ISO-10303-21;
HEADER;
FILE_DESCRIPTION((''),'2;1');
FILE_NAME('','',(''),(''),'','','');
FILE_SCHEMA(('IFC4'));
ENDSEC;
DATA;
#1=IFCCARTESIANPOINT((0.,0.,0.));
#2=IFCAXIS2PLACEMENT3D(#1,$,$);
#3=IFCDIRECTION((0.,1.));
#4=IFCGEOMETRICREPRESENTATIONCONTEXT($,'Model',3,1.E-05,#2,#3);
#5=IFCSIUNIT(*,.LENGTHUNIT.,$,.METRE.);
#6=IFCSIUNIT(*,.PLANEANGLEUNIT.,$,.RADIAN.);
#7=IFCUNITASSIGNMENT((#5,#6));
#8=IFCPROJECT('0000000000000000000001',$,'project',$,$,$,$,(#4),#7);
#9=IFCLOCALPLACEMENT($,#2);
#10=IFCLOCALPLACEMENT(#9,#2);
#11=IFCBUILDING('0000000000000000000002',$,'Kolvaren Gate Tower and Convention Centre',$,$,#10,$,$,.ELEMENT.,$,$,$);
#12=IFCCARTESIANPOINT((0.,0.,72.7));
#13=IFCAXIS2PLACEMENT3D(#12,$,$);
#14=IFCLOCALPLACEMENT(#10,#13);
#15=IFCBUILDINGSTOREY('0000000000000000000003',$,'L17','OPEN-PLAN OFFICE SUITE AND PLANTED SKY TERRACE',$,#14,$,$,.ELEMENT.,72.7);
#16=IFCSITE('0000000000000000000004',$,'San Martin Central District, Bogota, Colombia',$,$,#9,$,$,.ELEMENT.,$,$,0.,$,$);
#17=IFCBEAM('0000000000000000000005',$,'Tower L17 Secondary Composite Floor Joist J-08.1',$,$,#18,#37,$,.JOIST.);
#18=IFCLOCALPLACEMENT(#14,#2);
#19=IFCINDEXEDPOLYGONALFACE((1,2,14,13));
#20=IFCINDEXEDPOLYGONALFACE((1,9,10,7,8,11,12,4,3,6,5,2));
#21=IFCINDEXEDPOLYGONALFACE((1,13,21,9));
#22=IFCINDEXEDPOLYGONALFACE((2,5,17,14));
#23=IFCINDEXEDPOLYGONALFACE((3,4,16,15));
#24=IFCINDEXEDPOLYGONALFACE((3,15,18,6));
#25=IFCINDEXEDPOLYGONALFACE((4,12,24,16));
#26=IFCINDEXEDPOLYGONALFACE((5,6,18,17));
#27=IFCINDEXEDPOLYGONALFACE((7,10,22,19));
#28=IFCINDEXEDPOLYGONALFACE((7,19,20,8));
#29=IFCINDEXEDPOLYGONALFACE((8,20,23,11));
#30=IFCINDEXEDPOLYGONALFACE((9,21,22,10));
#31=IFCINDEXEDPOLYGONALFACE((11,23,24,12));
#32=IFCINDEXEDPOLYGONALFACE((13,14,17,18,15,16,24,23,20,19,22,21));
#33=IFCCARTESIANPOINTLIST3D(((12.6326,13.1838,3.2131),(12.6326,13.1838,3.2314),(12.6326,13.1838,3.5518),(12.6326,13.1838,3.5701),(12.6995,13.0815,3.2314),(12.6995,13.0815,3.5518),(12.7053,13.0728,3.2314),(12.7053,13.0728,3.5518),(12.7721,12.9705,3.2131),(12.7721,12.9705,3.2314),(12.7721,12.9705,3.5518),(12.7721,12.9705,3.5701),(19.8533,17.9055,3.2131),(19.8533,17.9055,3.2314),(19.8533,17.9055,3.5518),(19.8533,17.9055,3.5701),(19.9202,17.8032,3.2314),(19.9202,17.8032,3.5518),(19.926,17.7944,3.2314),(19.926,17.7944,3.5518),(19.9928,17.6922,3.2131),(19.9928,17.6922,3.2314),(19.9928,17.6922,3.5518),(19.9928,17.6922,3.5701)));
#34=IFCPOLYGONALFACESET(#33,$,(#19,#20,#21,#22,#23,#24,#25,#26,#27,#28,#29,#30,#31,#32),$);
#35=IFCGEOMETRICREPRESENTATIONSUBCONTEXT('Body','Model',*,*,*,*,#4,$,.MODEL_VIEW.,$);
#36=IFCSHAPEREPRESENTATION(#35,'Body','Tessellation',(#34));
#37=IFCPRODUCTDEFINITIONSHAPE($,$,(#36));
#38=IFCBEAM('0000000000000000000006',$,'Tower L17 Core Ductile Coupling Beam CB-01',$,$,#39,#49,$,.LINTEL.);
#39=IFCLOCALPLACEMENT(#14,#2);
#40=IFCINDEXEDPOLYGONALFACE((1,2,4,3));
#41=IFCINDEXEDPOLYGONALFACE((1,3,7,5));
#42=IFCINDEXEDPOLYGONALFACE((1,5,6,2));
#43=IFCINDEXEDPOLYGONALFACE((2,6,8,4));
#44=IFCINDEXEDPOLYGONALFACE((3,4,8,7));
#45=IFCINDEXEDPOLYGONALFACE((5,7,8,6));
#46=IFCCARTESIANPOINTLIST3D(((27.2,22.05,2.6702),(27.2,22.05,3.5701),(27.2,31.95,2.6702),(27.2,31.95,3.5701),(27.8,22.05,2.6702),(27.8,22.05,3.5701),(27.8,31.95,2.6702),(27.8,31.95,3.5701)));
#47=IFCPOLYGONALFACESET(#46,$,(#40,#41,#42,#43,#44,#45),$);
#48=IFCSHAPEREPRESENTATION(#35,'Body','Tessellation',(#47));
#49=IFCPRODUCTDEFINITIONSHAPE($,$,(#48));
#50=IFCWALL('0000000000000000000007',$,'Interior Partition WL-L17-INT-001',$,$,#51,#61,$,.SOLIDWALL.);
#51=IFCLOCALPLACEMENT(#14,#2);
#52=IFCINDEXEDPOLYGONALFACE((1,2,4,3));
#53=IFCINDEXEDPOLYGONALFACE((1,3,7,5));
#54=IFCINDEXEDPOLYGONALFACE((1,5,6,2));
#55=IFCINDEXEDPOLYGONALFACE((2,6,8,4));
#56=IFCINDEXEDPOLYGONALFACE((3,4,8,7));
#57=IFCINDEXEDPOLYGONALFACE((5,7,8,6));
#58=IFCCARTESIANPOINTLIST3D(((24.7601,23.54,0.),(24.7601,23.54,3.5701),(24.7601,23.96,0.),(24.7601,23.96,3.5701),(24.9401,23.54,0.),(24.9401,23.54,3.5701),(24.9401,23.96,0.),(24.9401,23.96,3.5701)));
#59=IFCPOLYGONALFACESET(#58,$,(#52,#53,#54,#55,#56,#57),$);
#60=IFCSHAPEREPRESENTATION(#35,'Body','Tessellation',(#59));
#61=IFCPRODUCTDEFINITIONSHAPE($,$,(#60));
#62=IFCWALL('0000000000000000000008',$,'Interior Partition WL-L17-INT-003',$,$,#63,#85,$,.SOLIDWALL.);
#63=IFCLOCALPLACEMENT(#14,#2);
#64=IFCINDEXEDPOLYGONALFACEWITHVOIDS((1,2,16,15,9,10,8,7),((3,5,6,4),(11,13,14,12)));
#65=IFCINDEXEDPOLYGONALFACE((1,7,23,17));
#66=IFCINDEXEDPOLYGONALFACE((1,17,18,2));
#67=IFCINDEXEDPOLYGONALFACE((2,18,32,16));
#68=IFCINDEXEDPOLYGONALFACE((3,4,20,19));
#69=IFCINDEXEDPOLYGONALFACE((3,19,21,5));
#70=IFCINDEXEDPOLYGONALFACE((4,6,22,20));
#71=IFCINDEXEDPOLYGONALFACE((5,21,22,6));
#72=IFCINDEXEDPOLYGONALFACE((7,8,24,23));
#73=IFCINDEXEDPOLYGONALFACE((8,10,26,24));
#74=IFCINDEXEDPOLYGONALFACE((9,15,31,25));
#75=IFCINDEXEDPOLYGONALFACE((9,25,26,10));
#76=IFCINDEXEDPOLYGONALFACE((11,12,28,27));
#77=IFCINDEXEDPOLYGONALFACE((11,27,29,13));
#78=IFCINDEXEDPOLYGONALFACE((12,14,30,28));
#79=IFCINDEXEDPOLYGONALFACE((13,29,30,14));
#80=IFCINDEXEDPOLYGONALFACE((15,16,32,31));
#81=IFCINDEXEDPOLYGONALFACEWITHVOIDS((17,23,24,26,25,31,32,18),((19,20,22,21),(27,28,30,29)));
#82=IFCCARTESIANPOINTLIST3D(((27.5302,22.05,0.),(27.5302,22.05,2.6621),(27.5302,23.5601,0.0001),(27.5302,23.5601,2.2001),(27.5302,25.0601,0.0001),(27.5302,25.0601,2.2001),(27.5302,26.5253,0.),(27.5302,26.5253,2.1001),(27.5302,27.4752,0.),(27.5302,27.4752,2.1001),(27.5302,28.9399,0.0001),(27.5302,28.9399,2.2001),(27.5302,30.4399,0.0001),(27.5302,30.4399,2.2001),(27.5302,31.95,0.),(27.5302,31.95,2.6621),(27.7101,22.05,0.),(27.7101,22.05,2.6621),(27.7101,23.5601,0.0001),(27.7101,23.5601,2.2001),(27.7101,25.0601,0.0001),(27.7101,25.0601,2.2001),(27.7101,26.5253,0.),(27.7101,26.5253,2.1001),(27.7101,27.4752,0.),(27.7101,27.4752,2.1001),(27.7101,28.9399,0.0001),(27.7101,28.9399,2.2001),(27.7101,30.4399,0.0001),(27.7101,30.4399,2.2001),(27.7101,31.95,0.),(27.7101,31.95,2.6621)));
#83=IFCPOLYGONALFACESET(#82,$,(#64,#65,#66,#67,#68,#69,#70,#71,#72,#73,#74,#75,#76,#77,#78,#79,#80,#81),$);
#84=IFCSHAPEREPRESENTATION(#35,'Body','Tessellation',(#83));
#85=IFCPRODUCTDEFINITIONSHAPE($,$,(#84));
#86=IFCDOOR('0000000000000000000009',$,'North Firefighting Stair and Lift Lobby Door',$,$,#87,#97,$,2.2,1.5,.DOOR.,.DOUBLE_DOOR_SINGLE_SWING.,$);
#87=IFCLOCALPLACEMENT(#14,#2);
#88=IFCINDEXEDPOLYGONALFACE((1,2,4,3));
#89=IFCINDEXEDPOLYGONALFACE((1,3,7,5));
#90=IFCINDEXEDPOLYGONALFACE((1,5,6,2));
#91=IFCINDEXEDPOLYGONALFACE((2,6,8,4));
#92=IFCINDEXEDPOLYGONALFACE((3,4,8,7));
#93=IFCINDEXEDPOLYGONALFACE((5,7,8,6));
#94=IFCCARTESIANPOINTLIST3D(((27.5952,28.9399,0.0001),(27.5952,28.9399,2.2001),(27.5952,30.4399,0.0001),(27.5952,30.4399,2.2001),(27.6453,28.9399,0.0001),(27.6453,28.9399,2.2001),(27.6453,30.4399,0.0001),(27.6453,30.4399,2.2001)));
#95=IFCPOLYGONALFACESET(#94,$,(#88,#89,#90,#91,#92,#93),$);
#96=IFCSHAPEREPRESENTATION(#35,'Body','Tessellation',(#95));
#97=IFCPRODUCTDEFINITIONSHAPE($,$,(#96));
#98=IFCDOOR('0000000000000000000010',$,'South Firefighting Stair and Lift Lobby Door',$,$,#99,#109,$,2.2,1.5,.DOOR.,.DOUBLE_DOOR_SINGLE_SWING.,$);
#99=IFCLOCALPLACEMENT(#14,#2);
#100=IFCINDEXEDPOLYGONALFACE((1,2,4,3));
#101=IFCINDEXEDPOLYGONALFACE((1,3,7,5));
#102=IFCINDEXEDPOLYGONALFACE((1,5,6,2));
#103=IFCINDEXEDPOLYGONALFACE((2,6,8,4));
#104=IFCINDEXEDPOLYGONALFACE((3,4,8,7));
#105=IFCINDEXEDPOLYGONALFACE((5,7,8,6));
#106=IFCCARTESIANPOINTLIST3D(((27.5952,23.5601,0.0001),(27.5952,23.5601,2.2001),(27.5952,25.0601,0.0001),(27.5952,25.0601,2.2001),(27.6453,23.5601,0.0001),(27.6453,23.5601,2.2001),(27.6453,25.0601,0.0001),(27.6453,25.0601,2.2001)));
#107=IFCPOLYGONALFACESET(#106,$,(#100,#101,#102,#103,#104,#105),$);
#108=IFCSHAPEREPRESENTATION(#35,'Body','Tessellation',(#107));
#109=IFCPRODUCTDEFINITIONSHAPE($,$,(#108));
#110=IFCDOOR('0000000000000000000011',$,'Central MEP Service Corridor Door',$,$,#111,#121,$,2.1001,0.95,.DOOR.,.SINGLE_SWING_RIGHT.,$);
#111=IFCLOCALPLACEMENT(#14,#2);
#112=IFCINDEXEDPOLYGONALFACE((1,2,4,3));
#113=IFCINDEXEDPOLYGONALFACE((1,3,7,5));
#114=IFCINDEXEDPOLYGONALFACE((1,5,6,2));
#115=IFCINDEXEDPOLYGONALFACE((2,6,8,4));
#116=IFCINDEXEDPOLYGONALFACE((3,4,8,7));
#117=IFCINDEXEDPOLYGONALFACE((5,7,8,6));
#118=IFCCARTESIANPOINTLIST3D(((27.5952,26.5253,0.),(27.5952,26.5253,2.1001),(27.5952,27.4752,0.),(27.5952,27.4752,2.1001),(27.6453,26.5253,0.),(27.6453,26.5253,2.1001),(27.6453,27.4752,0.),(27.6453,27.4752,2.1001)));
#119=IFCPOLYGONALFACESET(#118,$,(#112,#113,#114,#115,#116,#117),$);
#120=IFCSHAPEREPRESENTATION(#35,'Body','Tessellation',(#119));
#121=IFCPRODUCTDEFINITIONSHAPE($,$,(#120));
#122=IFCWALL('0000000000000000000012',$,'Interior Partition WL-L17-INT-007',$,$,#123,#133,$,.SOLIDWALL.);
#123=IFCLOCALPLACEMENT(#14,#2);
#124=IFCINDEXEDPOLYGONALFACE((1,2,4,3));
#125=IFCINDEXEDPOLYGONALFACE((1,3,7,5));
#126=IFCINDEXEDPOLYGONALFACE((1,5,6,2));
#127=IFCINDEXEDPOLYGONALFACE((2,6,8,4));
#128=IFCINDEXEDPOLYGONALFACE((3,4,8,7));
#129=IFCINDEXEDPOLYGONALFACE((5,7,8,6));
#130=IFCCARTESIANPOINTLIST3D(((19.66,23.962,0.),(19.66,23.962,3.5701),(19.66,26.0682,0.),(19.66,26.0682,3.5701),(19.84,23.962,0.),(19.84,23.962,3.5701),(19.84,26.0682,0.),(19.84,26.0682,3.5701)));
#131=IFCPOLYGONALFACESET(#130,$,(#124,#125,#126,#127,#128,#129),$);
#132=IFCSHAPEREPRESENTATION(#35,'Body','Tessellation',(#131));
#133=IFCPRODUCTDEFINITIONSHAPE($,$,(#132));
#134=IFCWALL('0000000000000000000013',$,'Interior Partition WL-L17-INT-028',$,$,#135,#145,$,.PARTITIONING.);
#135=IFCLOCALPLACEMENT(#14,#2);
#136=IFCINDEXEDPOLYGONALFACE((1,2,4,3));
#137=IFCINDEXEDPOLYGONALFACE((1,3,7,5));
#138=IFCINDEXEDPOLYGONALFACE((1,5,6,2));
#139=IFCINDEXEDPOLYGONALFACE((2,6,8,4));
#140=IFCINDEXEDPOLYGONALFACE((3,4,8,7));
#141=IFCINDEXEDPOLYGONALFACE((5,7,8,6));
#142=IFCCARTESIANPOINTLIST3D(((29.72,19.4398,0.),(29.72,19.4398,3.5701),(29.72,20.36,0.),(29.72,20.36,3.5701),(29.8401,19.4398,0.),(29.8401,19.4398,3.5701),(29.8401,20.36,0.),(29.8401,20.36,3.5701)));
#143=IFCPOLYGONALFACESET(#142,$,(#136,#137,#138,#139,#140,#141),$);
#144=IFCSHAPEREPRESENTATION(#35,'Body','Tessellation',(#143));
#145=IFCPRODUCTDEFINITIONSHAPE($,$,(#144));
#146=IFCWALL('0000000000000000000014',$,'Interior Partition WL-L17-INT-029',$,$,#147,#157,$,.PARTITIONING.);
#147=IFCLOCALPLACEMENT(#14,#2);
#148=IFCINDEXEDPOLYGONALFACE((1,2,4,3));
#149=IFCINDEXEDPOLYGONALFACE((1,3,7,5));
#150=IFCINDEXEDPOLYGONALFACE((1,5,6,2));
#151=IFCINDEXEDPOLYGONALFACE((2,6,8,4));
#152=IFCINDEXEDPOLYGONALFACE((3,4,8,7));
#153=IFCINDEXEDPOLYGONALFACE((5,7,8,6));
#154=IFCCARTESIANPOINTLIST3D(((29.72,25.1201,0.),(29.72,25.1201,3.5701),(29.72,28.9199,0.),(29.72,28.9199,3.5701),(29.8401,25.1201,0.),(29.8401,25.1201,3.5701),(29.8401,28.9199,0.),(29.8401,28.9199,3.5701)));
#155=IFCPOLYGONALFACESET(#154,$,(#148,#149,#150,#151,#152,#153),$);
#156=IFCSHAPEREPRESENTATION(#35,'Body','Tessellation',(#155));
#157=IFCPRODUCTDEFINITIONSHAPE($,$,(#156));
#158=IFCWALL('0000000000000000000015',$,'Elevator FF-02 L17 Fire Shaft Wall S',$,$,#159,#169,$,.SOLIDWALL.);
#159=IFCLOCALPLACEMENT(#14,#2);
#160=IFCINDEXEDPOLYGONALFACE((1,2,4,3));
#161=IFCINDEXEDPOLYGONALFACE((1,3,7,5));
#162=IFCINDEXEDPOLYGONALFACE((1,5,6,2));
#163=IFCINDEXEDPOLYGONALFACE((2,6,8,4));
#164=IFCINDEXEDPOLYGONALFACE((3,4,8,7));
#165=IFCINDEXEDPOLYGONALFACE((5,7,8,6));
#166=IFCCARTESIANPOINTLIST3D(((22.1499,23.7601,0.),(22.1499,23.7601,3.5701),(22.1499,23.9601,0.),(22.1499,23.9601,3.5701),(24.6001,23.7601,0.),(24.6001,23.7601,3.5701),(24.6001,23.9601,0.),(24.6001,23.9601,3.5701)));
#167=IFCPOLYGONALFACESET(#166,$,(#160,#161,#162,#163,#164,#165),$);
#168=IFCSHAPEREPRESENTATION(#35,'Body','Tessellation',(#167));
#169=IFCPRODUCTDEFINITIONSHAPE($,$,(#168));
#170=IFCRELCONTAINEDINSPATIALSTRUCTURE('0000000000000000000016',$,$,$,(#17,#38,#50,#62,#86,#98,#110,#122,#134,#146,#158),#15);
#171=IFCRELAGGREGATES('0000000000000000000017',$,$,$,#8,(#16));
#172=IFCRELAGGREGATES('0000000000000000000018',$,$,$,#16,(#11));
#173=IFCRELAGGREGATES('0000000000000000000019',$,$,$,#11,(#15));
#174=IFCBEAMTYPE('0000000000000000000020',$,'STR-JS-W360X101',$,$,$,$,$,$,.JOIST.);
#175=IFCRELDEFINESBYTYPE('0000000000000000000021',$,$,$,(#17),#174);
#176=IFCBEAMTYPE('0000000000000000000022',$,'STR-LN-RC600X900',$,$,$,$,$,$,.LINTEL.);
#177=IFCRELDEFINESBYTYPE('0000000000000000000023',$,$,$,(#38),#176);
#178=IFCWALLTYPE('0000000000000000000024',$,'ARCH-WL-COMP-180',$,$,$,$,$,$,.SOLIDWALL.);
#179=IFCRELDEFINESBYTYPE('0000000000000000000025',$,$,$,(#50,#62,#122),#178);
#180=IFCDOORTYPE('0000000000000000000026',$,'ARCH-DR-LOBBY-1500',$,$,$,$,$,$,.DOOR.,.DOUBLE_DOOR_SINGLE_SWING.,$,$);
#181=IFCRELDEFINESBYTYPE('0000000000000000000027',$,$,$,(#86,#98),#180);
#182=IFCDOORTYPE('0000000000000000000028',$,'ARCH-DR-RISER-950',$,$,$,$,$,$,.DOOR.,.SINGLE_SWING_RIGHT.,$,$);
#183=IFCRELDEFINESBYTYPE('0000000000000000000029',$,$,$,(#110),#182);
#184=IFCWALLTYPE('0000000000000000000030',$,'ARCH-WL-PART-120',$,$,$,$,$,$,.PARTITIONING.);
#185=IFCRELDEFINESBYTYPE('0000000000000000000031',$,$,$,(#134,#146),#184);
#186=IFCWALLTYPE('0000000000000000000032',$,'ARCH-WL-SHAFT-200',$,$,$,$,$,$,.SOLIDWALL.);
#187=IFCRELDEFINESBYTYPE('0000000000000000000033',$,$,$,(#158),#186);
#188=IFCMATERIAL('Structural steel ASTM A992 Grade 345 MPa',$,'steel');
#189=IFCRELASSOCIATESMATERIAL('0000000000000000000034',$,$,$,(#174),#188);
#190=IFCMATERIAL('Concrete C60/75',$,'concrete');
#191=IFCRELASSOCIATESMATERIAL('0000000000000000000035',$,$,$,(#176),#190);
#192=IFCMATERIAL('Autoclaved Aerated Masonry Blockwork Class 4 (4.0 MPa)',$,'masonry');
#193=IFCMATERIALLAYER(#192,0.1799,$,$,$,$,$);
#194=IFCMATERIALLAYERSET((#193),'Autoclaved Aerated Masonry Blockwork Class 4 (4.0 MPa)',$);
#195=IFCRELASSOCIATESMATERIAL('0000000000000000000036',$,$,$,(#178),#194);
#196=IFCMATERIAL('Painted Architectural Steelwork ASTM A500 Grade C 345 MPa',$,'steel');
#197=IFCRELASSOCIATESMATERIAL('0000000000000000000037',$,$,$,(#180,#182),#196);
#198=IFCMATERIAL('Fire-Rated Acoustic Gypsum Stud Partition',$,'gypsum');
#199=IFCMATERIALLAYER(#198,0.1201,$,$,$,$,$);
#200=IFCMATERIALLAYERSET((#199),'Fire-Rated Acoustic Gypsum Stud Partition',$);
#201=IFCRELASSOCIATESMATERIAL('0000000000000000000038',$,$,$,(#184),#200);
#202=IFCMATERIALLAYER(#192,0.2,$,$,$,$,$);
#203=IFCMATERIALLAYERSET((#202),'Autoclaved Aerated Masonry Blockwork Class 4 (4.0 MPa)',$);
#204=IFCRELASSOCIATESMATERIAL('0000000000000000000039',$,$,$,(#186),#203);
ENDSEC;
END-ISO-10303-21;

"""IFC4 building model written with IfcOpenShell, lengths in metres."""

from ifc_helpers import new_model, si_unit, direction, frame, frame_2d, origin, origin_2d, place, context, subcontext, project, spatial, rectangle, i_section, extrude, material, layer, layer_set, material_profile, profile_set, type_object, element, fill, save


model = new_model("IFC4")

# Units and contexts
model_context = context("Model", 3, precision=1e-05, world=origin(), true_north=direction((0.0, 1.0)))
body_context = subcontext(model_context, "Body", "Model", "MODEL_VIEW")
ifc_project = project(units=[si_unit("LENGTHUNIT", "METRE"), si_unit("PLANEANGLEUNIT", "RADIAN")], contexts=[model_context])

# Site, building, storey
site_placement = place(None, origin())
site = spatial("IfcSite", under=ifc_project, at=site_placement, Name="San Martin Central District, Bogota, Colombia", CompositionType="ELEMENT", RefElevation=0.0)
building_placement = place(site_placement, origin())
building = spatial("IfcBuilding", under=site, at=building_placement, Name="Kolvaren Gate Tower and Convention Centre", CompositionType="ELEMENT")
storey_placement = place(building_placement, frame((0.0, 0.0, 72.7)))
storey = spatial("IfcBuildingStorey", under=building, at=storey_placement, Name="L17", Description="OPEN-PLAN OFFICE SUITE AND PLANTED SKY TERRACE", CompositionType="ELEMENT", Elevation=72.7)

# Beams
ifc_material_1 = material(Name="Structural steel ASTM A992 Grade 345 MPa", Category="steel")
ifc_material_profile_1 = material_profile(ifc_material_1, i_section(OverallWidth=0.2549, OverallDepth=0.3569, WebThickness=0.0105, FlangeThickness=0.0183, at=origin_2d()), Name="W360X101")
ifc_profile_set_1 = profile_set([ifc_material_profile_1], Name="Structural steel ASTM A992 Grade 345 MPa")
beam_type_1 = type_object("IfcBeamType", Name="STR-JS-W360X101", PredefinedType="JOIST", material=ifc_profile_set_1)
beam_1_placement = place(storey_placement, frame((19.9231, 17.7988, 3.3916), z_axis=(-0.836946, -0.547286, 0.0), x_axis=(0.547286, -0.836946, 0.0)))
element("IfcBeam", 1, at=beam_1_placement, inside=storey, type_object=beam_type_1, Name="Tower L17 Secondary Composite Floor Joist J-08.1", PredefinedType="JOIST", context=body_context, shape_type="SweptSolid", body=[
    extrude(i_section(OverallWidth=0.2549, OverallDepth=0.3569, WebThickness=0.0105, FlangeThickness=0.0183, at=origin_2d()), origin(), (0.0, 0.0, 1.0), 8.6274),
])
ifc_material_2 = material(Name="Concrete C60/75", Category="concrete")
ifc_material_profile_2 = material_profile(ifc_material_2, rectangle(XDim=0.6001, YDim=0.8999, at=origin_2d()), Name="RC-BM-600X900")
ifc_profile_set_2 = profile_set([ifc_material_profile_2], Name="Concrete C60/75")
beam_type_2 = type_object("IfcBeamType", Name="STR-LN-RC600X900", PredefinedType="LINTEL", material=ifc_profile_set_2)
beam_2_placement = place(storey_placement, frame((27.5, 22.05, 3.1201), z_axis=(0.0, 1.0, 0.0), x_axis=(-1.0, 0.0, 0.0)))
element("IfcBeam", 2, at=beam_2_placement, inside=storey, type_object=beam_type_2, Name="Tower L17 Core Ductile Coupling Beam CB-01", PredefinedType="LINTEL", context=body_context, shape_type="SweptSolid", body=[
    extrude(rectangle(XDim=0.6001, YDim=0.8999, at=origin_2d()), origin(), (0.0, 0.0, 1.0), 9.8999),
])

# Wall
ifc_material_3 = material(Name="Autoclaved Aerated Masonry Blockwork Class 4 (4.0 MPa)", Category="masonry")
ifc_layer_1 = layer(ifc_material_3, 0.1799)
ifc_layer_set_1 = layer_set([ifc_layer_1], Name="Autoclaved Aerated Masonry Blockwork Class 4 (4.0 MPa)")
wall_type_1 = type_object("IfcWallType", Name="ARCH-WL-COMP-180", PredefinedType="SOLIDWALL", material=ifc_layer_set_1)
wall_1_placement = place(storey_placement, frame((24.8501, 23.54, 0.0), z_axis=(0.0, 0.0, 1.0), x_axis=(0.0, 1.0, 0.0)))
element("IfcWall", 3, at=wall_1_placement, inside=storey, type_object=wall_type_1, Name="Interior Partition WL-L17-INT-001", PredefinedType="SOLIDWALL", context=body_context, shape_type="SweptSolid", body=[
    extrude(rectangle(XDim=0.4199, YDim=0.1799, at=frame_2d((0.21, 0.0))), origin(), (0.0, 0.0, 1.0), 3.5701),
])

# Wall, openings, doors
wall_2_placement = place(storey_placement, frame((27.6201, 22.05, 0.0), z_axis=(0.0, 0.0, 1.0), x_axis=(0.0, 1.0, 0.0)))
wall_2 = element("IfcWall", 4, at=wall_2_placement, inside=storey, type_object=wall_type_1, Name="Interior Partition WL-L17-INT-003", PredefinedType="SOLIDWALL", context=body_context, shape_type="SweptSolid", body=[
    extrude(rectangle(XDim=9.8999, YDim=0.1799, at=frame_2d((4.95, 0.0))), origin(), (0.0, 0.0, 1.0), 2.6621),
])
opening_1_placement = place(wall_2_placement, frame((4.4751, 0.0, 0.0)))
opening_1 = element("IfcOpeningElement", 5, at=opening_1_placement, cuts=wall_2, PredefinedType="OPENING", context=body_context, shape_type="SweptSolid", body=[
    extrude(rectangle(XDim=0.95, YDim=2.1001, at=frame_2d((0.4751, 1.05))), frame((0.0, 0.0999, 0.0), z_axis=(0.0, -1.0, 0.0), x_axis=(1.0, 0.0, 0.0)), (0.0, 0.0, 1.0), 0.2),
])
opening_2_placement = place(wall_2_placement, frame((6.8899, 0.0, 0.0)))
opening_2 = element("IfcOpeningElement", 6, at=opening_2_placement, cuts=wall_2, PredefinedType="OPENING", context=body_context, shape_type="SweptSolid", body=[
    extrude(rectangle(XDim=1.5, YDim=2.2, at=frame_2d((0.75, 1.1001))), frame((0.0, 0.0999, 0.0), z_axis=(0.0, -1.0, 0.0), x_axis=(1.0, 0.0, 0.0)), (0.0, 0.0, 1.0), 0.2),
])
opening_3_placement = place(wall_2_placement, frame((1.51, 0.0, 0.0)))
opening_3 = element("IfcOpeningElement", 7, at=opening_3_placement, cuts=wall_2, PredefinedType="OPENING", context=body_context, shape_type="SweptSolid", body=[
    extrude(rectangle(XDim=1.5, YDim=2.2, at=frame_2d((0.75, 1.1001))), frame((0.0, 0.0999, 0.0), z_axis=(0.0, -1.0, 0.0), x_axis=(1.0, 0.0, 0.0)), (0.0, 0.0, 1.0), 0.2),
])
ifc_material_4 = material(Name="Painted Architectural Steelwork ASTM A500 Grade C 345 MPa", Category="steel")
door_type_1 = type_object("IfcDoorType", Name="ARCH-DR-LOBBY-1500", OperationType="DOUBLE_DOOR_SINGLE_SWING", PredefinedType="DOOR", material=ifc_material_4)
door_1_placement = place(opening_2_placement, origin())
door_1 = element("IfcDoor", 8, at=door_1_placement, inside=storey, type_object=door_type_1, Name="North Firefighting Stair and Lift Lobby Door", OperationType="DOUBLE_DOOR_SINGLE_SWING", OverallHeight=2.2, OverallWidth=1.5, PredefinedType="DOOR", context=body_context, shape_type="SweptSolid", body=[
    extrude(rectangle(XDim=1.5, YDim=2.2, at=frame_2d((0.75, 1.1001))), frame((0.0, 0.0249, 0.0), z_axis=(0.0, -1.0, 0.0), x_axis=(1.0, 0.0, 0.0)), (0.0, 0.0, 1.0), 0.05),
])
fill(opening_2, door_1)
door_2_placement = place(opening_3_placement, origin())
door_2 = element("IfcDoor", 9, at=door_2_placement, inside=storey, type_object=door_type_1, Name="South Firefighting Stair and Lift Lobby Door", OperationType="DOUBLE_DOOR_SINGLE_SWING", OverallHeight=2.2, OverallWidth=1.5, PredefinedType="DOOR", context=body_context, shape_type="SweptSolid", body=[
    extrude(rectangle(XDim=1.5, YDim=2.2, at=frame_2d((0.75, 1.1001))), frame((0.0, 0.0249, 0.0), z_axis=(0.0, -1.0, 0.0), x_axis=(1.0, 0.0, 0.0)), (0.0, 0.0, 1.0), 0.05),
])
fill(opening_3, door_2)
door_type_2 = type_object("IfcDoorType", Name="ARCH-DR-RISER-950", OperationType="SINGLE_SWING_RIGHT", PredefinedType="DOOR", material=ifc_material_4)
door_3_placement = place(opening_1_placement, origin())
door_3 = element("IfcDoor", 10, at=door_3_placement, inside=storey, type_object=door_type_2, Name="Central MEP Service Corridor Door", OperationType="SINGLE_SWING_RIGHT", OverallHeight=2.1001, OverallWidth=0.95, PredefinedType="DOOR", context=body_context, shape_type="SweptSolid", body=[
    extrude(rectangle(XDim=0.95, YDim=2.1001, at=frame_2d((0.4751, 1.05))), frame((0.0, 0.0249, 0.0), z_axis=(0.0, -1.0, 0.0), x_axis=(1.0, 0.0, 0.0)), (0.0, 0.0, 1.0), 0.05),
])
fill(opening_1, door_3)

# Walls
wall_3_placement = place(storey_placement, frame((19.75, 23.9619, 0.0), z_axis=(0.0, 0.0, 1.0), x_axis=(0.0, 1.0, 0.0)))
element("IfcWall", 11, at=wall_3_placement, inside=storey, type_object=wall_type_1, Name="Interior Partition WL-L17-INT-007", PredefinedType="SOLIDWALL", context=body_context, shape_type="SweptSolid", body=[
    extrude(rectangle(XDim=2.1062, YDim=0.1799, at=frame_2d((1.0532, 0.0))), origin(), (0.0, 0.0, 1.0), 3.5701),
])
ifc_material_5 = material(Name="Fire-Rated Acoustic Gypsum Stud Partition", Category="gypsum")
ifc_layer_2 = layer(ifc_material_5, 0.1201)
ifc_layer_set_2 = layer_set([ifc_layer_2], Name="Fire-Rated Acoustic Gypsum Stud Partition")
wall_type_2 = type_object("IfcWallType", Name="ARCH-WL-PART-120", PredefinedType="PARTITIONING", material=ifc_layer_set_2)
wall_4_placement = place(storey_placement, frame((29.78, 19.4399, 0.0), z_axis=(0.0, 0.0, 1.0), x_axis=(0.0, 1.0, 0.0)))
element("IfcWall", 12, at=wall_4_placement, inside=storey, type_object=wall_type_2, Name="Interior Partition WL-L17-INT-028", PredefinedType="PARTITIONING", context=body_context, shape_type="SweptSolid", body=[
    extrude(rectangle(XDim=0.9202, YDim=0.1201, at=frame_2d((0.46, 0.0))), origin(), (0.0, 0.0, 1.0), 3.5701),
])
wall_5_placement = place(storey_placement, frame((29.78, 25.1201, 0.0), z_axis=(0.0, 0.0, 1.0), x_axis=(0.0, 1.0, 0.0)))
element("IfcWall", 13, at=wall_5_placement, inside=storey, type_object=wall_type_2, Name="Interior Partition WL-L17-INT-029", PredefinedType="PARTITIONING", context=body_context, shape_type="SweptSolid", body=[
    extrude(rectangle(XDim=3.7998, YDim=0.1201, at=frame_2d((1.8999, 0.0))), origin(), (0.0, 0.0, 1.0), 3.5701),
])
ifc_layer_3 = layer(ifc_material_3, 0.2)
ifc_layer_set_3 = layer_set([ifc_layer_3], Name="Autoclaved Aerated Masonry Blockwork Class 4 (4.0 MPa)")
wall_type_3 = type_object("IfcWallType", Name="ARCH-WL-SHAFT-200", PredefinedType="SOLIDWALL", material=ifc_layer_set_3)
wall_6_placement = place(storey_placement, frame((22.1499, 23.8601, 0.0), z_axis=(0.0, 0.0, 1.0), x_axis=(1.0, 0.0, 0.0)))
element("IfcWall", 14, at=wall_6_placement, inside=storey, type_object=wall_type_3, Name="Elevator FF-02 L17 Fire Shaft Wall S", PredefinedType="SOLIDWALL", context=body_context, shape_type="SweptSolid", body=[
    extrude(rectangle(XDim=2.4502, YDim=0.2, at=frame_2d((1.2251, 0.0))), origin(), (0.0, 0.0, 1.0), 3.5701),
])

save(model, "model.ifc")
